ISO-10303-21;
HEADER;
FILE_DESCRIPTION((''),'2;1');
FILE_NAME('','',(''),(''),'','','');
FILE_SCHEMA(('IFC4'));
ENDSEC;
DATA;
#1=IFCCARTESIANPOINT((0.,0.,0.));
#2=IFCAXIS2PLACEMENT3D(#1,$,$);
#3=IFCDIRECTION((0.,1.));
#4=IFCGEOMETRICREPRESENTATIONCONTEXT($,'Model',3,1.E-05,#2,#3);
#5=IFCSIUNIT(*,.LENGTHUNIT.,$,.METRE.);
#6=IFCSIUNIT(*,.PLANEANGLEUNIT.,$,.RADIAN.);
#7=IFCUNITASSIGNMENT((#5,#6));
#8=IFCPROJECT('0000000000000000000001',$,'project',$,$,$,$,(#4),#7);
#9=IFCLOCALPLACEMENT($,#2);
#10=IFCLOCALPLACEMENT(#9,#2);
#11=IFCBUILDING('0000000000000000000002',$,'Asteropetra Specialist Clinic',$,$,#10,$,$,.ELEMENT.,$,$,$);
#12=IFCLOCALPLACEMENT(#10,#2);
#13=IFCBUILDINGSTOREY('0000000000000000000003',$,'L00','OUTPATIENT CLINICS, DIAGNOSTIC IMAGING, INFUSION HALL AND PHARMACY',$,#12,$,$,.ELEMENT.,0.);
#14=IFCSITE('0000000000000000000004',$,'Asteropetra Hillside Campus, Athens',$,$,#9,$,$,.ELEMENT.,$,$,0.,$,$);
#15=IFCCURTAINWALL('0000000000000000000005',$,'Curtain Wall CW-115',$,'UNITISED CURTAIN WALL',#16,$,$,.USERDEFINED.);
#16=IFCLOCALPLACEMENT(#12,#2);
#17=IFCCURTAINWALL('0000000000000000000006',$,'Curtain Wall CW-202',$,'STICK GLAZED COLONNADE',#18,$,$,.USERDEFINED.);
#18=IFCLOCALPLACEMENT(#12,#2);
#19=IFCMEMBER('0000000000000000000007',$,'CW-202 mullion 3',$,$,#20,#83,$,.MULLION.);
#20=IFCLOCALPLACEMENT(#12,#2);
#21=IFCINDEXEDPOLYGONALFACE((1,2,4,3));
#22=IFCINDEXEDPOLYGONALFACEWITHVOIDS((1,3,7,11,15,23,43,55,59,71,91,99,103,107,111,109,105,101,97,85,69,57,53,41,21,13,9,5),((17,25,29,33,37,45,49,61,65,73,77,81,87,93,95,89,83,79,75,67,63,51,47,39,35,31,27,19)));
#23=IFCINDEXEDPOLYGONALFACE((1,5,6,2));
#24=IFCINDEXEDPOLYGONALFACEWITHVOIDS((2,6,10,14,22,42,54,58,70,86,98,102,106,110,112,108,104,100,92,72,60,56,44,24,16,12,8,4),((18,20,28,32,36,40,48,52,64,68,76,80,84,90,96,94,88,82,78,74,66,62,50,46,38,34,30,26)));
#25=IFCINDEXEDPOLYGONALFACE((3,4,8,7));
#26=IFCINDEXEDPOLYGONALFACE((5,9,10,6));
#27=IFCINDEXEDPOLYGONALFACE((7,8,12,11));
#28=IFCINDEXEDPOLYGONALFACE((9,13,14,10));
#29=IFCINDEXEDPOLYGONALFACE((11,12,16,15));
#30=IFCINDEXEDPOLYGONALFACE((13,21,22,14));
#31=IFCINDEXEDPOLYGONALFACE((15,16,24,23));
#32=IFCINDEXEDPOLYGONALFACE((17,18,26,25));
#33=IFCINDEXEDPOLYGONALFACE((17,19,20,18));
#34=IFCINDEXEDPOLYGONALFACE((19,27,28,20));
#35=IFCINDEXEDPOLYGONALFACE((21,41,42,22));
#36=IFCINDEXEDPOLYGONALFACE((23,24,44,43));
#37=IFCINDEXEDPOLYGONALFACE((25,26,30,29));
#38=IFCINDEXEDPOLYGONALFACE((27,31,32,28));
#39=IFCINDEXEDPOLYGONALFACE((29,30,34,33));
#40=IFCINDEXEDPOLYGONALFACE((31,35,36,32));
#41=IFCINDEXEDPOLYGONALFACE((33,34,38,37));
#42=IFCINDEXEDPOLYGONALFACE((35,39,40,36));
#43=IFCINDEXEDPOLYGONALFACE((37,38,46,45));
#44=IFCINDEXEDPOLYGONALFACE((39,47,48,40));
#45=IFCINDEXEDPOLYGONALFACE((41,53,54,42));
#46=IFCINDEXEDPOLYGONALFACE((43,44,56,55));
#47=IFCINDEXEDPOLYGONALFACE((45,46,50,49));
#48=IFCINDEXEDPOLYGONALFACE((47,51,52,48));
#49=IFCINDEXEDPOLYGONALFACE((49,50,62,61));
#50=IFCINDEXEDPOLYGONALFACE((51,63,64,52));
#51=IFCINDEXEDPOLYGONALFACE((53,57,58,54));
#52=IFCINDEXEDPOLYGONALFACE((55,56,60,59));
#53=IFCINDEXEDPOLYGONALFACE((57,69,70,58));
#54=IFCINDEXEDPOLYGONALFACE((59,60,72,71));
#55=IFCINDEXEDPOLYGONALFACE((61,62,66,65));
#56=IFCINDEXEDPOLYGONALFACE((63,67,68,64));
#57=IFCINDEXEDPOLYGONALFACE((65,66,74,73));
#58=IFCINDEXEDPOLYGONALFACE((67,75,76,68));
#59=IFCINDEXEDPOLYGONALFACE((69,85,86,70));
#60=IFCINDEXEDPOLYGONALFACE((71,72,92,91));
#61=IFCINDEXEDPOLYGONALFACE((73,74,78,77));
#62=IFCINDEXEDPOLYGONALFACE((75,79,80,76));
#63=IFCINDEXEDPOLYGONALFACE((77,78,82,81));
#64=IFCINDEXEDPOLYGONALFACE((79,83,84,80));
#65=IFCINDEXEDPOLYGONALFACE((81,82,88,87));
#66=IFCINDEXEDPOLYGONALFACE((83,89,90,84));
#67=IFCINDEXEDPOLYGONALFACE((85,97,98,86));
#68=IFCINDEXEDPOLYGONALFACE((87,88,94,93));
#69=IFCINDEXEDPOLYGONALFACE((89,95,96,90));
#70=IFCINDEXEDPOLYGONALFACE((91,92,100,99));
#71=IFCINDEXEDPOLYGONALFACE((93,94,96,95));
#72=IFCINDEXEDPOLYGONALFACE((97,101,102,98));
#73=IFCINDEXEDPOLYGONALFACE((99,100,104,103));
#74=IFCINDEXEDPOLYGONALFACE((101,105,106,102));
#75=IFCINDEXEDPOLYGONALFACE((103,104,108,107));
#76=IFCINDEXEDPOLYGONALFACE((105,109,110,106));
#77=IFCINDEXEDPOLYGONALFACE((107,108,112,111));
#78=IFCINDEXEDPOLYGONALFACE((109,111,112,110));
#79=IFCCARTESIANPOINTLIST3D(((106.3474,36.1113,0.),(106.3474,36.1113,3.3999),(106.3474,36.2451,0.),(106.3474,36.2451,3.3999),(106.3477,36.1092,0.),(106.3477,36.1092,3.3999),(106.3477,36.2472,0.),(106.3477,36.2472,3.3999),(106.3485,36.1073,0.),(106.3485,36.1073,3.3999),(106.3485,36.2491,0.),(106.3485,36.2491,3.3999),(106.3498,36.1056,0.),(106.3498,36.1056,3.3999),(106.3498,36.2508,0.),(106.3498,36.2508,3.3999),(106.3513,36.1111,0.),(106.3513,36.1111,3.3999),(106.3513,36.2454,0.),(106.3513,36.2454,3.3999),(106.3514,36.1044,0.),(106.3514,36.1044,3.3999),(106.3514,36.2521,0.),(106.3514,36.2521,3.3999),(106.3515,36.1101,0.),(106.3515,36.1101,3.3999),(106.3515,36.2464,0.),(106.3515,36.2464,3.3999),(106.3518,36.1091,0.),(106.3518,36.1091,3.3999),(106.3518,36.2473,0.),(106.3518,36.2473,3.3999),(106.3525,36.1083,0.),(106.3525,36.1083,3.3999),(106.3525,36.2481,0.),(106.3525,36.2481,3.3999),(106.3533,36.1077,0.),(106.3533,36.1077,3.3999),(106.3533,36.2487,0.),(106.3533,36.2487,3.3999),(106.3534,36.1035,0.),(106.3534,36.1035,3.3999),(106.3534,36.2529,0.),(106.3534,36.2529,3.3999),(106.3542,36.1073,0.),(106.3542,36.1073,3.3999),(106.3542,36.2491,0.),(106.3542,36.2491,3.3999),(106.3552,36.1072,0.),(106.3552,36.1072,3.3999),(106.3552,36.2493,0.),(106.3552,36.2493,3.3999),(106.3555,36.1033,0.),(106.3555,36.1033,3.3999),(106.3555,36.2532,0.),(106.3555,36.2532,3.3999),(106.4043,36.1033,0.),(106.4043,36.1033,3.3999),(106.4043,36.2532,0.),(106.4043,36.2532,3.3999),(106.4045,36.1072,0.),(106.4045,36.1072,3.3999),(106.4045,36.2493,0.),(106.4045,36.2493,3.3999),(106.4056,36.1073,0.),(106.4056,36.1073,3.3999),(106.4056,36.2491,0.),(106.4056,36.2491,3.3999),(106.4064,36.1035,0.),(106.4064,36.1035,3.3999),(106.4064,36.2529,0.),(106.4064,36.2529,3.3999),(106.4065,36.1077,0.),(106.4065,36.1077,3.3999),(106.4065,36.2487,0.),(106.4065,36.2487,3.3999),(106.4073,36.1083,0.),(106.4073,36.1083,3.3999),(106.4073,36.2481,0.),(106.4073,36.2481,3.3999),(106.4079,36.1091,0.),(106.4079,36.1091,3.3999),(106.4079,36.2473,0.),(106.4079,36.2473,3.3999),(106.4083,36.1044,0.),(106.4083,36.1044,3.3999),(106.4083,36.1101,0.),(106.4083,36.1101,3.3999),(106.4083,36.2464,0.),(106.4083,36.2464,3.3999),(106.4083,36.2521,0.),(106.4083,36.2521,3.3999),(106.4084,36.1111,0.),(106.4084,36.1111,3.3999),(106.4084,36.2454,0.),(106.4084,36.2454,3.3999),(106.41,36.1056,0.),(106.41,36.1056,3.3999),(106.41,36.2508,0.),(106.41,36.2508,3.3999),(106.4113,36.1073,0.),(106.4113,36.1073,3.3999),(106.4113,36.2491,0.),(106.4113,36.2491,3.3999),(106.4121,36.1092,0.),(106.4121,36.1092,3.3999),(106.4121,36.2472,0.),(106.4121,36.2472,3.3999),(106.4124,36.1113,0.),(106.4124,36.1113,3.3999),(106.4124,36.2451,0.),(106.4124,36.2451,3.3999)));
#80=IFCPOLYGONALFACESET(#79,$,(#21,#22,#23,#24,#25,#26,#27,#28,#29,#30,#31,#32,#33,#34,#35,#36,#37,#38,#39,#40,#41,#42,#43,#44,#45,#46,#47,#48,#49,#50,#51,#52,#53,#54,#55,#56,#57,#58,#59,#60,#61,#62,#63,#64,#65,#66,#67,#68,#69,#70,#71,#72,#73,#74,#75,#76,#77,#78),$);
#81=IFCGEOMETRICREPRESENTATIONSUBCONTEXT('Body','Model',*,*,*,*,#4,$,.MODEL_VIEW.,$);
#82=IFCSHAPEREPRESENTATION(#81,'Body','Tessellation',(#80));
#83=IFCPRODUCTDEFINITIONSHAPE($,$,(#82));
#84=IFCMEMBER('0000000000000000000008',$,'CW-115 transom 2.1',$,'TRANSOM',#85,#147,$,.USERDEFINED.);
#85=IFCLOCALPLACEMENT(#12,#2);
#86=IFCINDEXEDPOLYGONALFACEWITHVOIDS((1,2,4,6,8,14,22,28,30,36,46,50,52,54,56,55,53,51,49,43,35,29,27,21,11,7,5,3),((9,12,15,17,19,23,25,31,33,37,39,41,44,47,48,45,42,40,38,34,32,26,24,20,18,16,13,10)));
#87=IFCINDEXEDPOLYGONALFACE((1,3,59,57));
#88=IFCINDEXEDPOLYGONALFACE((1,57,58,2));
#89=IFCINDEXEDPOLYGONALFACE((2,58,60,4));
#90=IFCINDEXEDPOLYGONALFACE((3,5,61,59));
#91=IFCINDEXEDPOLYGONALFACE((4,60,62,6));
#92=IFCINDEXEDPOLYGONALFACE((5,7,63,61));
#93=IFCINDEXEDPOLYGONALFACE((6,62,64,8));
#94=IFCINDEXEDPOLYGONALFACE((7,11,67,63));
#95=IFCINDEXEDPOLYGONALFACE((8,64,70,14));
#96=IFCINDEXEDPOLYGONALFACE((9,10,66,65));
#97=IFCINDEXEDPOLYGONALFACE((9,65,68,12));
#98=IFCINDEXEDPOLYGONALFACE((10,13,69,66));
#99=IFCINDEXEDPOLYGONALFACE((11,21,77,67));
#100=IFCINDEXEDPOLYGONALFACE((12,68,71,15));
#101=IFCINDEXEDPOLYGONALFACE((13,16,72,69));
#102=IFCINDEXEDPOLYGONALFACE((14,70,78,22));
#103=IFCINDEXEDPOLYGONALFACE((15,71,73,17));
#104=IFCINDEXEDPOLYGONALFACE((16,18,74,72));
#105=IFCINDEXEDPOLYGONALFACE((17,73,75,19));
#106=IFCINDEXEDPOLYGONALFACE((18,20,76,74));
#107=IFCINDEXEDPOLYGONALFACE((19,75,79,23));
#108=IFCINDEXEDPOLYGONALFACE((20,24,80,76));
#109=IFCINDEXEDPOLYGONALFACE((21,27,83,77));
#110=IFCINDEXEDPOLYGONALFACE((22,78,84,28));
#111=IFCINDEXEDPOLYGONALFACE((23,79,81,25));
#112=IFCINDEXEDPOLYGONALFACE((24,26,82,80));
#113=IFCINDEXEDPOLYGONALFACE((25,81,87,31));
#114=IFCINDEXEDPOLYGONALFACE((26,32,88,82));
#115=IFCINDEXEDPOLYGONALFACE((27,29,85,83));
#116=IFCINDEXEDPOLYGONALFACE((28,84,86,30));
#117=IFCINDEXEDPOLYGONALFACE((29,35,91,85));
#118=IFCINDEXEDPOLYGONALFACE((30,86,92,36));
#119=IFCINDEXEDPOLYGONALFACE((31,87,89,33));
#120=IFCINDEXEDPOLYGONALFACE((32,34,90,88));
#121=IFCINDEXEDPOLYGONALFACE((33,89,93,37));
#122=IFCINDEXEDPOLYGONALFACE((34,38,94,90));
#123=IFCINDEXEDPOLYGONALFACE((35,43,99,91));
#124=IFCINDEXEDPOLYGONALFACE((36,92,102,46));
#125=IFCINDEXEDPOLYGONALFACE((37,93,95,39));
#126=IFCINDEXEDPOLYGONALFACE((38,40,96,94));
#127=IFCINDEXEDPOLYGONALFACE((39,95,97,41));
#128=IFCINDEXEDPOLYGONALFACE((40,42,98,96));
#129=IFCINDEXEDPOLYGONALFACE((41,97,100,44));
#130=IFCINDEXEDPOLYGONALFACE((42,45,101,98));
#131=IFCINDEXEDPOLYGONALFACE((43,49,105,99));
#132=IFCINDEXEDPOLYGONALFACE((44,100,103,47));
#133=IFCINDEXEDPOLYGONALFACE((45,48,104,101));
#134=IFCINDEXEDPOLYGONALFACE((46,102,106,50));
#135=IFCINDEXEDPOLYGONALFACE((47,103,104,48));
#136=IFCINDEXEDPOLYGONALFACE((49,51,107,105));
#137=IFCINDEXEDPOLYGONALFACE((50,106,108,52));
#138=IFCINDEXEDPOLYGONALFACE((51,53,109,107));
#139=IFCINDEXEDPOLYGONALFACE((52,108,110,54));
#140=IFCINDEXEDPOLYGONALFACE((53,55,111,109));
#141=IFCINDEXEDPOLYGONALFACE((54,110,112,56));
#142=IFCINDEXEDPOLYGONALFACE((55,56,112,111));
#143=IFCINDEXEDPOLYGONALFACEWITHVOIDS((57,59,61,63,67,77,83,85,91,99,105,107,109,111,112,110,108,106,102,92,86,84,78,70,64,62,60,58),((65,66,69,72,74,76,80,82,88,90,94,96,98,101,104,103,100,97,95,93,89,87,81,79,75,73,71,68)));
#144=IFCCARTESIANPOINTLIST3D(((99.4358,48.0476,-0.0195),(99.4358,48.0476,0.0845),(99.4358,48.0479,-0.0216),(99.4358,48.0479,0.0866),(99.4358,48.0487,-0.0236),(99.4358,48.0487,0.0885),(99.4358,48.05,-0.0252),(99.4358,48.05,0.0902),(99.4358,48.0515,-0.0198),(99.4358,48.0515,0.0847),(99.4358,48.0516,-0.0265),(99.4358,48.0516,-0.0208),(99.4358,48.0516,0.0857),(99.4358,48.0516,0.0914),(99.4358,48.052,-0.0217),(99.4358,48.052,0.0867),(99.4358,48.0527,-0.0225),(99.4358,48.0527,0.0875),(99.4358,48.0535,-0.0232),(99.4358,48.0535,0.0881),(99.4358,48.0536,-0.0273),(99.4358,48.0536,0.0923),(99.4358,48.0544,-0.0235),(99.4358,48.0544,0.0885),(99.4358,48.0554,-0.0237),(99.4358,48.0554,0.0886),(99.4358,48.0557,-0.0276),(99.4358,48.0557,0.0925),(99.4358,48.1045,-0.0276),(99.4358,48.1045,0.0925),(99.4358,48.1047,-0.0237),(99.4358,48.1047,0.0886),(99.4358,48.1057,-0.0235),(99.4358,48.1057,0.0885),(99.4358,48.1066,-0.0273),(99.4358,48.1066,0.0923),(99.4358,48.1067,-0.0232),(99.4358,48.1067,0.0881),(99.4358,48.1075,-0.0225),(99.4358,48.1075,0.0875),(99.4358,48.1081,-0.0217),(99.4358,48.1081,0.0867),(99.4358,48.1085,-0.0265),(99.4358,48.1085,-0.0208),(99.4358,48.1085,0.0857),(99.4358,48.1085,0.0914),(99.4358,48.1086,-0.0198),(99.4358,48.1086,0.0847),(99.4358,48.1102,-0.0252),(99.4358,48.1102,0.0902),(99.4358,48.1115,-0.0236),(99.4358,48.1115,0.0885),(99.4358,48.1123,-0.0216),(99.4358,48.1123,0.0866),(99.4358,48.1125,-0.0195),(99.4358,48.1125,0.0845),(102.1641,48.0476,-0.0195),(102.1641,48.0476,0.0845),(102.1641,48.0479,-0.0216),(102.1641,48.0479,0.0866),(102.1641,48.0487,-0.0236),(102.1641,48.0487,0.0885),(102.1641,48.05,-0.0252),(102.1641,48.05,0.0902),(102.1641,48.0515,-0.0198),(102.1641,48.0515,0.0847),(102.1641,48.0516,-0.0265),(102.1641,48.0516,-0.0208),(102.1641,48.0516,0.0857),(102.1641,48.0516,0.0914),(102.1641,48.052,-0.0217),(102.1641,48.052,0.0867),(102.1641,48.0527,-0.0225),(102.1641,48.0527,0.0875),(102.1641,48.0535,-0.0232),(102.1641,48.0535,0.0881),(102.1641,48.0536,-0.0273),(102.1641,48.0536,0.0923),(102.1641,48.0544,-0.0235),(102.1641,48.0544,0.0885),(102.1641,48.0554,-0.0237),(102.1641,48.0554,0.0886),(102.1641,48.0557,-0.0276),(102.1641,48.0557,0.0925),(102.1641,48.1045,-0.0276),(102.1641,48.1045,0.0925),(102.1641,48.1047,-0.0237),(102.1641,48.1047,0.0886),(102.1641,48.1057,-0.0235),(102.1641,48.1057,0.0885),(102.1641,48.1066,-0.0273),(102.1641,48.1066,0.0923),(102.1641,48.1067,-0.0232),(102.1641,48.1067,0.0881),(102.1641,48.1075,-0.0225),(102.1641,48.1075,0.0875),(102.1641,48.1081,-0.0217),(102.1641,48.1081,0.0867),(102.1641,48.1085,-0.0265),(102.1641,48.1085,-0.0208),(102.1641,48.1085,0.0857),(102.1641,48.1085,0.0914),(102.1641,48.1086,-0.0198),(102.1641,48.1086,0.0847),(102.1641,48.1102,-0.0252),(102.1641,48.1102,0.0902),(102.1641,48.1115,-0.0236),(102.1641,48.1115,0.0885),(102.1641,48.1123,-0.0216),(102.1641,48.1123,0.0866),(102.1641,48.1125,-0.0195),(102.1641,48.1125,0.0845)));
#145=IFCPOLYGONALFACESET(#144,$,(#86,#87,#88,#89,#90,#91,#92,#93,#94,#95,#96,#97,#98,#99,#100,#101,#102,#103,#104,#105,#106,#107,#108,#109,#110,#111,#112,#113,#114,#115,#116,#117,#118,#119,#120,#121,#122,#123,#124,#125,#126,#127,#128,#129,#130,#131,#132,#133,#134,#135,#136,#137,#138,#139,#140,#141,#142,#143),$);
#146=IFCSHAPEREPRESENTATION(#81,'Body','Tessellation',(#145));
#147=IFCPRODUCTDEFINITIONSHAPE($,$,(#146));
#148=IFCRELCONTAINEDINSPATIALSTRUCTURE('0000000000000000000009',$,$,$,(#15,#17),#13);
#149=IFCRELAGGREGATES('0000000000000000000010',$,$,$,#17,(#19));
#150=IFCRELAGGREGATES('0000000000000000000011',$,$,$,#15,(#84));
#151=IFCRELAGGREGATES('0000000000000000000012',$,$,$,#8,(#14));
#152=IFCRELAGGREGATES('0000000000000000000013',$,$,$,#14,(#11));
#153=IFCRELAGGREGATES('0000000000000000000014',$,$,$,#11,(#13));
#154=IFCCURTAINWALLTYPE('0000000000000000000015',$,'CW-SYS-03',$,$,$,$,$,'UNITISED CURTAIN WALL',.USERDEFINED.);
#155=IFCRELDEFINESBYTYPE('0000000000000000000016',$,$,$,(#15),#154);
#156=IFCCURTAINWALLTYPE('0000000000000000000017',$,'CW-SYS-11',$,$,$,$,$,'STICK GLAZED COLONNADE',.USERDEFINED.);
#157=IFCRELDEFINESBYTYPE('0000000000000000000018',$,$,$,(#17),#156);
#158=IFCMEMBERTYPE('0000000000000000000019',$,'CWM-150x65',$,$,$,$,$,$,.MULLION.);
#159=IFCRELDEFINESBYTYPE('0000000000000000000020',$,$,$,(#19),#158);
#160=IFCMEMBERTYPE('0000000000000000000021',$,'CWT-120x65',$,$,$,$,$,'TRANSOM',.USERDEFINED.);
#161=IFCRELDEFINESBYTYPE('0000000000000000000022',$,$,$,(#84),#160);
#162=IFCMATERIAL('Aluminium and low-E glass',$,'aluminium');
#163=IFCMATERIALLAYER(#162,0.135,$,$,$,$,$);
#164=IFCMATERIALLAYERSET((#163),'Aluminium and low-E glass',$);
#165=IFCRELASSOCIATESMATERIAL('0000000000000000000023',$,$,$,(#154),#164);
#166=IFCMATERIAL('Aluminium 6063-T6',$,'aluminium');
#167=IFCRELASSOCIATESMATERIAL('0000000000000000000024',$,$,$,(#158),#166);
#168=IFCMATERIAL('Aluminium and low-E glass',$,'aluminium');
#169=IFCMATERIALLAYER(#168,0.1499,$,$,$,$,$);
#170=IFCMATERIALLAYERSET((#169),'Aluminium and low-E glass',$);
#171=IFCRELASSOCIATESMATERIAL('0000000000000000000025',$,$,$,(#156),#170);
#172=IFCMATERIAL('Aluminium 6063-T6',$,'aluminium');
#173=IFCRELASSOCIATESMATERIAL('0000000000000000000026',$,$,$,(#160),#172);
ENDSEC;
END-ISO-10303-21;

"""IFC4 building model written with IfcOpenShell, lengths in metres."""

from ifc_helpers import new_model, si_unit, direction, frame, origin, origin_2d, place, context, subcontext, project, spatial, hollow_rectangle, extrude, material, layer, layer_set, material_profile, profile_set, type_object, element, aggregate, save


model = new_model("IFC4")

# Units and contexts
model_context = context("Model", 3, precision=1e-05, world=origin(), true_north=direction((0.0, 1.0)))
body_context = subcontext(model_context, "Body", "Model", "MODEL_VIEW")
ifc_project = project(units=[si_unit("LENGTHUNIT", "METRE"), si_unit("PLANEANGLEUNIT", "RADIAN")], contexts=[model_context])

# Site, building, storey
site_placement = place(None, origin())
site = spatial("IfcSite", under=ifc_project, at=site_placement, Name="Asteropetra Hillside Campus, Athens", CompositionType="ELEMENT", RefElevation=0.0)
building_placement = place(site_placement, origin())
building = spatial("IfcBuilding", under=site, at=building_placement, Name="Asteropetra Specialist Clinic", CompositionType="ELEMENT")
storey_placement = place(building_placement, origin())
storey = spatial("IfcBuildingStorey", under=building, at=storey_placement, Name="L00", Description="OUTPATIENT CLINICS, DIAGNOSTIC IMAGING, INFUSION HALL AND PHARMACY", CompositionType="ELEMENT", Elevation=0.0)

# Curtain walls, member
ifc_material_1 = material(Name="Aluminium and low-E glass", Category="aluminium")
ifc_layer_1 = layer(ifc_material_1, 0.135)
ifc_layer_set_1 = layer_set([ifc_layer_1], Name="Aluminium and low-E glass")
curtain_wall_type_1 = type_object("IfcCurtainWallType", Name="CW-SYS-03", ElementType="UNITISED CURTAIN WALL", PredefinedType="USERDEFINED", material=ifc_layer_set_1)
curtain_wall_1_placement = place(storey_placement, origin())
curtain_wall_1 = element("IfcCurtainWall", 1, at=curtain_wall_1_placement, inside=storey, type_object=curtain_wall_type_1, Name="Curtain Wall CW-115", ObjectType="UNITISED CURTAIN WALL", PredefinedType="USERDEFINED")
ifc_material_2 = material(Name="Aluminium 6063-T6", Category="aluminium")
ifc_material_profile_1 = material_profile(ifc_material_2, hollow_rectangle(XDim=0.0649, YDim=0.1499, WallThickness=0.0039, InnerFilletRadius=0.0039, OuterFilletRadius=0.0081, at=origin_2d()), Name="MUL 150x65x4.0")
ifc_profile_set_1 = profile_set([ifc_material_profile_1], Name="Aluminium 6063-T6")
member_type_1 = type_object("IfcMemberType", Name="CWM-150x65", PredefinedType="MULLION", material=ifc_profile_set_1)
ifc_material_3 = material(Name="Aluminium and low-E glass", Category="aluminium")
ifc_layer_2 = layer(ifc_material_3, 0.1499)
ifc_layer_set_2 = layer_set([ifc_layer_2], Name="Aluminium and low-E glass")
curtain_wall_type_2 = type_object("IfcCurtainWallType", Name="CW-SYS-11", ElementType="STICK GLAZED COLONNADE", PredefinedType="USERDEFINED", material=ifc_layer_set_2)
curtain_wall_2_placement = place(storey_placement, origin())
curtain_wall_2 = element("IfcCurtainWall", 2, at=curtain_wall_2_placement, inside=storey, type_object=curtain_wall_type_2, Name="Curtain Wall CW-202", ObjectType="STICK GLAZED COLONNADE", PredefinedType="USERDEFINED")
member_1_placement = place(storey_placement, frame((106.3799, 36.1782, 0.0), z_axis=(0.0, 0.0, 1.0), x_axis=(1.0, 0.0, 0.0)))
member_1 = element("IfcMember", 3, at=member_1_placement, type_object=member_type_1, Name="CW-202 mullion 3", PredefinedType="MULLION", context=body_context, shape_type="SweptSolid", body=[
    extrude(hollow_rectangle(XDim=0.0649, YDim=0.1499, WallThickness=0.0039, InnerFilletRadius=0.0039, OuterFilletRadius=0.0081, at=origin_2d()), origin(), (0.0, 0.0, 1.0), 3.3999),
])

# Member
ifc_material_4 = material(Name="Aluminium 6063-T6", Category="aluminium")
ifc_material_profile_2 = material_profile(ifc_material_4, hollow_rectangle(XDim=0.0649, YDim=0.1201, WallThickness=0.0039, InnerFilletRadius=0.0039, OuterFilletRadius=0.0081, at=origin_2d()), Name="TRN 120x65x4.0")
ifc_profile_set_2 = profile_set([ifc_material_profile_2], Name="Aluminium 6063-T6")
member_type_2 = type_object("IfcMemberType", Name="CWT-120x65", ElementType="TRANSOM", PredefinedType="USERDEFINED", material=ifc_profile_set_2)
member_2_placement = place(storey_placement, frame((99.4358, 48.0801, 0.0325), z_axis=(1.0, 0.0, 0.0), x_axis=(0.0, 1.0, 0.0)))
member_2 = element("IfcMember", 4, at=member_2_placement, type_object=member_type_2, Name="CW-115 transom 2.1", ObjectType="TRANSOM", PredefinedType="USERDEFINED", context=body_context, shape_type="SweptSolid", body=[
    extrude(hollow_rectangle(XDim=0.0649, YDim=0.1201, WallThickness=0.0039, InnerFilletRadius=0.0039, OuterFilletRadius=0.0081, at=origin_2d()), origin(), (0.0, 0.0, 1.0), 2.7283),
])

aggregate(curtain_wall_2, [member_1])
aggregate(curtain_wall_1, [member_2])

save(model, "model.ifc")
